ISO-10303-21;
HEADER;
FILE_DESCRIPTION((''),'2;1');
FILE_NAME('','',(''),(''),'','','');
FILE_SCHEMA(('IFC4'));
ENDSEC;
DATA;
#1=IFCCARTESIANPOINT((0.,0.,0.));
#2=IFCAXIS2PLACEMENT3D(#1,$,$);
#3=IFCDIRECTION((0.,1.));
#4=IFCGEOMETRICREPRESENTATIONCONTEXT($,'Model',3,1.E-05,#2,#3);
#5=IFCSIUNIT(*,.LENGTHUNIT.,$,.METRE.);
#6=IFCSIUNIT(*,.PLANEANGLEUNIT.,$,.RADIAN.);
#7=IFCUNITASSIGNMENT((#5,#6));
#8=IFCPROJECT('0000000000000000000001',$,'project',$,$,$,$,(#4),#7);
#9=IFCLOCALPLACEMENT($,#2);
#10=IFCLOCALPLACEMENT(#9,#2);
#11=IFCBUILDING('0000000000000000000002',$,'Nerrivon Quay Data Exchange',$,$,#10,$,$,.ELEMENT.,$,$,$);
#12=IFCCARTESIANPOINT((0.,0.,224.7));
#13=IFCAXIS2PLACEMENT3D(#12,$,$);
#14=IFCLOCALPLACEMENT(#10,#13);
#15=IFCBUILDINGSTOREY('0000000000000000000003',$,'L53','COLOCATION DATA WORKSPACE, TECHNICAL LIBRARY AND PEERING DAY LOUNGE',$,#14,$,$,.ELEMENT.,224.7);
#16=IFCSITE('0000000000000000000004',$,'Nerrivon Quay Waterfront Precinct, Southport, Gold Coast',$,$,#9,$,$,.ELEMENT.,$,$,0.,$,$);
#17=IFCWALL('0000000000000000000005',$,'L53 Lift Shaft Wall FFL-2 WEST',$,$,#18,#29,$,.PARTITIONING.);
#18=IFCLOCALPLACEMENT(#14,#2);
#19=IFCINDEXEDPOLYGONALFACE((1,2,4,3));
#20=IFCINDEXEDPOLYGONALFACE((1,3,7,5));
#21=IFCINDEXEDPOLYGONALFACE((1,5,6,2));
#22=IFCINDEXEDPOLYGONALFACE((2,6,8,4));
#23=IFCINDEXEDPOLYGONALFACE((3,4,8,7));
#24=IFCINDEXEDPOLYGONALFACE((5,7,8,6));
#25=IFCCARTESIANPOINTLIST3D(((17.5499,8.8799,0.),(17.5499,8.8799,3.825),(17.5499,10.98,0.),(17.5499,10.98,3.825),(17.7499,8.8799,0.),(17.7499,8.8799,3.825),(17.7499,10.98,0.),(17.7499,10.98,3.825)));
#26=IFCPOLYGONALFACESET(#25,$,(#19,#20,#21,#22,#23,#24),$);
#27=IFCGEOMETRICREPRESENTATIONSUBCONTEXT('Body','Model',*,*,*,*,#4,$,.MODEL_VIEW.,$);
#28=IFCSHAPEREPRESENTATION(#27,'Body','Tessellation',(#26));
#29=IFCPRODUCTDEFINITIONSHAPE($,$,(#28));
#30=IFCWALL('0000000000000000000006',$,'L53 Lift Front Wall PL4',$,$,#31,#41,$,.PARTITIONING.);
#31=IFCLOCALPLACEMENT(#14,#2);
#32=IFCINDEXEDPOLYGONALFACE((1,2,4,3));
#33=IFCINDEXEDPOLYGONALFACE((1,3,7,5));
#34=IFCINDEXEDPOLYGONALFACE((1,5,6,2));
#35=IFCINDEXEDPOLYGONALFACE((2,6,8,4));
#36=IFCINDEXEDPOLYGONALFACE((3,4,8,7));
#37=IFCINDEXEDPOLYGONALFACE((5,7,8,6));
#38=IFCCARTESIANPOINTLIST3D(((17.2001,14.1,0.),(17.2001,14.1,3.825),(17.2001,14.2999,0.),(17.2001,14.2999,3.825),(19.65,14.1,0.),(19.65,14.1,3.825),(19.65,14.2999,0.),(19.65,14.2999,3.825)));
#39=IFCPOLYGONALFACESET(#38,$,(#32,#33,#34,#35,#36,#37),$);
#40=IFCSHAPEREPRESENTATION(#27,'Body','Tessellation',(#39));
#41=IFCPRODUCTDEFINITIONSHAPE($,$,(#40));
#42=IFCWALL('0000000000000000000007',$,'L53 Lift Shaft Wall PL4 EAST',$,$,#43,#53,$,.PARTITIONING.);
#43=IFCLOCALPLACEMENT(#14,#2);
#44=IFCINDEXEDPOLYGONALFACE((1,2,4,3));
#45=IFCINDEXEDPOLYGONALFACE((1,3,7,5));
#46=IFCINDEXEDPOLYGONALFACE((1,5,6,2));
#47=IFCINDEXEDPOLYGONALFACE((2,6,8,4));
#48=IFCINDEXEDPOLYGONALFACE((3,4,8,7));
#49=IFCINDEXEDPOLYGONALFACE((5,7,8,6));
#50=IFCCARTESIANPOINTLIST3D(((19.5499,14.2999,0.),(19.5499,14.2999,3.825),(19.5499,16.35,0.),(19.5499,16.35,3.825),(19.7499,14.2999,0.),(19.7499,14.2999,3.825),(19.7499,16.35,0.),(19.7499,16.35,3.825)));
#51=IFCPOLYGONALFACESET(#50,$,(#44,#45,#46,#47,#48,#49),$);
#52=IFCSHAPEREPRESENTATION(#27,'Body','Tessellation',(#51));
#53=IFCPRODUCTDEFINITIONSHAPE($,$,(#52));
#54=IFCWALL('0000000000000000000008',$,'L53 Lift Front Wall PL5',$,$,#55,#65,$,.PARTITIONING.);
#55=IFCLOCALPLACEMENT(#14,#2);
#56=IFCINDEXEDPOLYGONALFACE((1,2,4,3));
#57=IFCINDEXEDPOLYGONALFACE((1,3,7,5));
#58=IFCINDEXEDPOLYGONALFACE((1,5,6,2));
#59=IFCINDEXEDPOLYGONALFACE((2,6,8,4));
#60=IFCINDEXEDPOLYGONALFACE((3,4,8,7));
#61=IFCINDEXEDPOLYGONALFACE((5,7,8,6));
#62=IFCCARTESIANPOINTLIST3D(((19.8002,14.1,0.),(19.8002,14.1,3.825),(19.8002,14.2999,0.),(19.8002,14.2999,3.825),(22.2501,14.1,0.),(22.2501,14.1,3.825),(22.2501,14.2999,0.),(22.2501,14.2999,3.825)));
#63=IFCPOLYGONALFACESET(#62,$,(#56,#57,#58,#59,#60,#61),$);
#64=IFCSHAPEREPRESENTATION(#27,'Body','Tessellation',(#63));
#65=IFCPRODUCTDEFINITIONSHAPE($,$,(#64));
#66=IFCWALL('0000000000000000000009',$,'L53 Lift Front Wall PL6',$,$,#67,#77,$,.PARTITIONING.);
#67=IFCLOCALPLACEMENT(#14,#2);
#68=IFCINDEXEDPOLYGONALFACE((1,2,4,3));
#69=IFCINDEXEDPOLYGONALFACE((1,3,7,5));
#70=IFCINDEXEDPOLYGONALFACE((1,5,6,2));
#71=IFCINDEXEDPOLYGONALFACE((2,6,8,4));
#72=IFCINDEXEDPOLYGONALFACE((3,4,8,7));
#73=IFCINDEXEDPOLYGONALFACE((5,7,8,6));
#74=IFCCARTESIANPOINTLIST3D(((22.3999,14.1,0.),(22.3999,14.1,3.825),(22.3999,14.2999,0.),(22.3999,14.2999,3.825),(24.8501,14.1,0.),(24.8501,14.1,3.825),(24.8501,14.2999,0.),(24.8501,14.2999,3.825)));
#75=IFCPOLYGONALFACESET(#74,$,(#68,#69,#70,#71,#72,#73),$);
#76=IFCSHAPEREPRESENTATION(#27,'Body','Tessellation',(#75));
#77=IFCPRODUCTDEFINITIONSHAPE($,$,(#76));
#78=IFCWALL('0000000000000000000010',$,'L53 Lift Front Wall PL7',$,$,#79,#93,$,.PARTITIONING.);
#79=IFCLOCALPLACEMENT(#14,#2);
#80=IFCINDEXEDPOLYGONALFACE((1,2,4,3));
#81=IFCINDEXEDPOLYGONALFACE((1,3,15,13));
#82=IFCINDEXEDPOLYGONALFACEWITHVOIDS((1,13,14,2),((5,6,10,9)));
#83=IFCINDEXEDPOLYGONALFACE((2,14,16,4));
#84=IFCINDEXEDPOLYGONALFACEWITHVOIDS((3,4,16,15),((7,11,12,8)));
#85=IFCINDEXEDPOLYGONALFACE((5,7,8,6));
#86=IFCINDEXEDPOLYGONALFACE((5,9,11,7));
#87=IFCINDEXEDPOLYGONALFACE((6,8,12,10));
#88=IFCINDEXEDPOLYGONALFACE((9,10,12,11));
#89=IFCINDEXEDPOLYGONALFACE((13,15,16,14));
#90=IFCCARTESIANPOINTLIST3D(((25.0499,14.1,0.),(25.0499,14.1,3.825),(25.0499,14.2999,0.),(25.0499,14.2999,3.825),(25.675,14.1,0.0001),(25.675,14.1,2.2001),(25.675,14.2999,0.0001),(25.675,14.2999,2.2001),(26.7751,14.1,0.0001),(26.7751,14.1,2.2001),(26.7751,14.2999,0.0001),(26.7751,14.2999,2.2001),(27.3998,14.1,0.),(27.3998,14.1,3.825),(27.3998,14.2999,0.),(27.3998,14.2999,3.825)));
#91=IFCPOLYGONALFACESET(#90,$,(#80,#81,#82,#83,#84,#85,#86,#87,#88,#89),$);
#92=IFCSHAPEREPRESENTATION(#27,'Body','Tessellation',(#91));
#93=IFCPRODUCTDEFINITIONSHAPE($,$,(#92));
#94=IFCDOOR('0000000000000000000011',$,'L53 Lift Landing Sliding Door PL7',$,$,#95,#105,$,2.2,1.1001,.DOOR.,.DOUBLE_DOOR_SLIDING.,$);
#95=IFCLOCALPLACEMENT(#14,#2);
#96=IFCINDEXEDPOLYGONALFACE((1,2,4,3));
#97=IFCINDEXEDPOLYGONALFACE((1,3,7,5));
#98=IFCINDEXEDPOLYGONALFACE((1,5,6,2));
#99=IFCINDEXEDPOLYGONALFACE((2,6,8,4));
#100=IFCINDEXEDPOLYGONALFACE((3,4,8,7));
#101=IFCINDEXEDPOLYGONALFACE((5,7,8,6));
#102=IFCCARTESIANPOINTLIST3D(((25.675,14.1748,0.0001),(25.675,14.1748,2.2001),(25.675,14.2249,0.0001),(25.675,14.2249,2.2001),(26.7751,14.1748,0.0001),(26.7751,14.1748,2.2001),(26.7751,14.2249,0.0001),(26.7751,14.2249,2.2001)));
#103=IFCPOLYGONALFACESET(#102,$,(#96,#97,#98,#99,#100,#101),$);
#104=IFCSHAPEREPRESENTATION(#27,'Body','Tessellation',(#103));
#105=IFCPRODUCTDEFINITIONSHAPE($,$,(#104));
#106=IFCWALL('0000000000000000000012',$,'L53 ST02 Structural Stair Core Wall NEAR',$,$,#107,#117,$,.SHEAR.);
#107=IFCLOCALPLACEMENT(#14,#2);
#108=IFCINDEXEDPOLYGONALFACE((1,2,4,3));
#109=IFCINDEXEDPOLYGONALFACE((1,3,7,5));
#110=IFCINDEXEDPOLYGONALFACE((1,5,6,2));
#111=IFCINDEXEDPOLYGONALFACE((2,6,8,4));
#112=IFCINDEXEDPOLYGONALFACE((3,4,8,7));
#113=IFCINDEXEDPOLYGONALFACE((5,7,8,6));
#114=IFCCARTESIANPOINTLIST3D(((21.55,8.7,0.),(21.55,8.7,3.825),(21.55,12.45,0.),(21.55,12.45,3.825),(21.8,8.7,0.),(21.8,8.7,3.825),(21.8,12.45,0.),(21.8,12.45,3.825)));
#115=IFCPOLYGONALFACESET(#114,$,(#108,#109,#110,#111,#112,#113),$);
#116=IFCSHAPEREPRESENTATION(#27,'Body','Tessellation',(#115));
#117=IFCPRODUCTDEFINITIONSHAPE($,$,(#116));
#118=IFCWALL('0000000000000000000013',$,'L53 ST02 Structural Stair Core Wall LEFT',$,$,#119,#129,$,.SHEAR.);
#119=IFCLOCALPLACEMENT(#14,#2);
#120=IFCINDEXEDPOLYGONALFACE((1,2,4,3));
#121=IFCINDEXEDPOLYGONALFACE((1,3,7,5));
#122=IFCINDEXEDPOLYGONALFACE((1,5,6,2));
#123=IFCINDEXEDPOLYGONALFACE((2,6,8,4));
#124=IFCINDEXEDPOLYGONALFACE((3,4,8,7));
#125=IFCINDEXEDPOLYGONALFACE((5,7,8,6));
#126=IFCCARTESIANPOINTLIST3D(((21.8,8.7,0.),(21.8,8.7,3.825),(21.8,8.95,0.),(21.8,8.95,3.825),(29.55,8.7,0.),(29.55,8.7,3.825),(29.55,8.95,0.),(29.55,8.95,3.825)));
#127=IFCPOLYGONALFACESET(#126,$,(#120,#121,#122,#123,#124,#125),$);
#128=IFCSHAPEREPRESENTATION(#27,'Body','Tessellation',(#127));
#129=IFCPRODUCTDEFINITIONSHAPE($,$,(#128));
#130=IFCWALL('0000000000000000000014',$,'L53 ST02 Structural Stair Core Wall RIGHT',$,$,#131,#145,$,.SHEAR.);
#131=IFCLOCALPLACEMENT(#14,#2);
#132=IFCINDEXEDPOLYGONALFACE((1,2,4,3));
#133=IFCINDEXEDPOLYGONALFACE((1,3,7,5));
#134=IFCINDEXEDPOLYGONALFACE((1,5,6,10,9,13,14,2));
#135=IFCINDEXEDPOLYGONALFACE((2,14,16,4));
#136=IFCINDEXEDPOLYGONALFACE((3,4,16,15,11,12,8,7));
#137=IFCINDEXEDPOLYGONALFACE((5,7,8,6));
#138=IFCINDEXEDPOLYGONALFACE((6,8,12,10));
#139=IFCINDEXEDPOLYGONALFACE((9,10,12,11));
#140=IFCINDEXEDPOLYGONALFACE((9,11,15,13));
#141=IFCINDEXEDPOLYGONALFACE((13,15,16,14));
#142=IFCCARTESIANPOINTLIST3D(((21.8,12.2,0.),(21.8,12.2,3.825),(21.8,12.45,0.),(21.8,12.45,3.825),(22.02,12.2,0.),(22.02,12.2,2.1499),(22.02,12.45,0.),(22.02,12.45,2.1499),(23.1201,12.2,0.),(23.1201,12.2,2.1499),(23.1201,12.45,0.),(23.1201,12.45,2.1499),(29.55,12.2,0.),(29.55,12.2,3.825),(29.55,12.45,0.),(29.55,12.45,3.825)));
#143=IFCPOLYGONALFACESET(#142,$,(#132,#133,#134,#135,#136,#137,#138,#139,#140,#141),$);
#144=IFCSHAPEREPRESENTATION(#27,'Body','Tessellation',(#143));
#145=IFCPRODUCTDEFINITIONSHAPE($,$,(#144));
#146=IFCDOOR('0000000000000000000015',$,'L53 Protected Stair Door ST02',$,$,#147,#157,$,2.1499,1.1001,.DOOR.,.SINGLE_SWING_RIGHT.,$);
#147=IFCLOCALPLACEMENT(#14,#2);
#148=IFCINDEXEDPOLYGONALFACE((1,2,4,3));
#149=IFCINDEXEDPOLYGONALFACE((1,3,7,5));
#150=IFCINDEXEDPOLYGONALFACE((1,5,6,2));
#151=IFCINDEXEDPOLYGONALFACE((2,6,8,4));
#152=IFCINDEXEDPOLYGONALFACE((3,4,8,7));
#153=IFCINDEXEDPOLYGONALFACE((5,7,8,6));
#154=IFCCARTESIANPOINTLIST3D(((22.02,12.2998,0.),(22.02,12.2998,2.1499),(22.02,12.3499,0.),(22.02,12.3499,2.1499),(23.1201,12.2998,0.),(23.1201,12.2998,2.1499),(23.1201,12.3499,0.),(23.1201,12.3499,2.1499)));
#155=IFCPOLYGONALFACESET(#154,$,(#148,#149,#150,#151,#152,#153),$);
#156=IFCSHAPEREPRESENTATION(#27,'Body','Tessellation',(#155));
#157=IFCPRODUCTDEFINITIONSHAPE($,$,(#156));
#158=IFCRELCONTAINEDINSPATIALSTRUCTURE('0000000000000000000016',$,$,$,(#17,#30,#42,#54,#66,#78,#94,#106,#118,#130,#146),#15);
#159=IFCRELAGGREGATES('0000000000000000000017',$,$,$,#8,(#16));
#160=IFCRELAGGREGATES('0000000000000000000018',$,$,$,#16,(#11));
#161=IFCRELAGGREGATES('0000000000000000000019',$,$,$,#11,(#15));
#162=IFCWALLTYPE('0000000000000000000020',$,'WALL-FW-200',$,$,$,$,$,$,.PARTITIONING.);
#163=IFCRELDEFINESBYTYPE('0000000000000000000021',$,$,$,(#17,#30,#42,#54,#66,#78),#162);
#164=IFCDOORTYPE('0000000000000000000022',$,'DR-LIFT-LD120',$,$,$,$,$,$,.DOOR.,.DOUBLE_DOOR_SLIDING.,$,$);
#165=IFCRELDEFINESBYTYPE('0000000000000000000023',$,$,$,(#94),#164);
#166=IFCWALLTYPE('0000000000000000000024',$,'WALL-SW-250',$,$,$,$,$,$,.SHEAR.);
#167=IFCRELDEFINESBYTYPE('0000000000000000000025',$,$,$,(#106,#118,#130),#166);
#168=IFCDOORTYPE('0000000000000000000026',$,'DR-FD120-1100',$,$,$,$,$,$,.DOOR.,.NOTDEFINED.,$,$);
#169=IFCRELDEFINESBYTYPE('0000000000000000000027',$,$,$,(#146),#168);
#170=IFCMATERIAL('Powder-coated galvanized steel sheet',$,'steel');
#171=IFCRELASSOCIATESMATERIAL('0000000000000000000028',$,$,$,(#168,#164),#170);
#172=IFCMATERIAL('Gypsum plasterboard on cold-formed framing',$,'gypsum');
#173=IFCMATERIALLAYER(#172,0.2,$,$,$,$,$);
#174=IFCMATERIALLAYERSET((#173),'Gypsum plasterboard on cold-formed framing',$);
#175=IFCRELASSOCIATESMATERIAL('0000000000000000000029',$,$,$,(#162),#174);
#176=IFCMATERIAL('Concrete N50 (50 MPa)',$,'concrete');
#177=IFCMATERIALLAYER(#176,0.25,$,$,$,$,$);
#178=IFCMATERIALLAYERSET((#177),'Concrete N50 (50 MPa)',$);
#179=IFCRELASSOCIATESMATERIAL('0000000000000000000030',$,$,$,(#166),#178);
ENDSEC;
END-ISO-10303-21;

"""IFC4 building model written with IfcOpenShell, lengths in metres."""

from ifc_helpers import new_model, si_unit, direction, frame, frame_2d, origin, place, context, subcontext, project, spatial, rectangle, extrude, material, layer, layer_set, type_object, element, fill, save


model = new_model("IFC4")

# Units and contexts
model_context = context("Model", 3, precision=1e-05, world=origin(), true_north=direction((0.0, 1.0)))
body_context = subcontext(model_context, "Body", "Model", "MODEL_VIEW")
ifc_project = project(units=[si_unit("LENGTHUNIT", "METRE"), si_unit("PLANEANGLEUNIT", "RADIAN")], contexts=[model_context])

# Site, building, storey
site_placement = place(None, origin())
site = spatial("IfcSite", under=ifc_project, at=site_placement, Name="Nerrivon Quay Waterfront Precinct, Southport, Gold Coast", CompositionType="ELEMENT", RefElevation=0.0)
building_placement = place(site_placement, origin())
building = spatial("IfcBuilding", under=site, at=building_placement, Name="Nerrivon Quay Data Exchange", CompositionType="ELEMENT")
storey_placement = place(building_placement, frame((0.0, 0.0, 224.7)))
storey = spatial("IfcBuildingStorey", under=building, at=storey_placement, Name="L53", Description="COLOCATION DATA WORKSPACE, TECHNICAL LIBRARY AND PEERING DAY LOUNGE", CompositionType="ELEMENT", Elevation=224.7)

# Shared definitions
ifc_material_1 = material(Name="Concrete N50 (50 MPa)", Category="concrete")

# Shared definitions
ifc_material_2 = material(Name="Powder-coated galvanized steel sheet", Category="steel")
door_type_1 = type_object("IfcDoorType", Name="DR-FD120-1100", OperationType="NOTDEFINED", PredefinedType="DOOR", material=ifc_material_2)

# Shared definitions
ifc_material_3 = material(Name="Gypsum plasterboard on cold-formed framing", Category="gypsum")
ifc_layer_1 = layer(ifc_material_3, 0.2)
ifc_layer_set_1 = layer_set([ifc_layer_1], Name="Gypsum plasterboard on cold-formed framing")
wall_type_1 = type_object("IfcWallType", Name="WALL-FW-200", PredefinedType="PARTITIONING", material=ifc_layer_set_1)

# Shared definitions
door_type_2 = type_object("IfcDoorType", Name="DR-LIFT-LD120", OperationType="DOUBLE_DOOR_SLIDING", PredefinedType="DOOR", material=ifc_material_2)

# Walls
for number, where, z_axis, x_axis, name in (
    (1, (17.6499, 8.8799, 0.0), (0.0, 0.0, 1.0), (0.0, 1.0, 0.0), "L53 Lift Shaft Wall FFL-2 WEST"),
):
    element("IfcWall", number, at=place(storey_placement, frame(where, z_axis=z_axis, x_axis=x_axis)), inside=storey, type_object=wall_type_1, Name=name, PredefinedType="PARTITIONING", context=body_context, shape_type="SweptSolid", body=[
        extrude(rectangle(XDim=2.1001, YDim=0.2, at=frame_2d((1.05, 0.0))), origin(), (0.0, 0.0, 1.0), 3.825),
    ])
wall_1_placement = place(storey_placement, frame((17.2, 14.2, 0.0), z_axis=(0.0, 0.0, 1.0), x_axis=(1.0, 0.0, 0.0)))
element("IfcWall", 2, at=wall_1_placement, inside=storey, type_object=wall_type_1, Name="L53 Lift Front Wall PL4", PredefinedType="PARTITIONING", context=body_context, shape_type="SweptSolid", body=[
    extrude(rectangle(XDim=2.45, YDim=0.2, at=frame_2d((1.2251, 0.0))), origin(), (0.0, 0.0, 1.0), 3.825),
])
wall_2_placement = place(storey_placement, frame((19.6499, 14.3, 0.0), z_axis=(0.0, 0.0, 1.0), x_axis=(0.0, 1.0, 0.0)))
element("IfcWall", 3, at=wall_2_placement, inside=storey, type_object=wall_type_1, Name="L53 Lift Shaft Wall PL4 EAST", PredefinedType="PARTITIONING", context=body_context, shape_type="SweptSolid", body=[
    extrude(rectangle(XDim=2.05, YDim=0.2, at=frame_2d((1.0249, 0.0))), origin(), (0.0, 0.0, 1.0), 3.825),
])
wall_3_placement = place(storey_placement, frame((19.8, 14.2, 0.0), z_axis=(0.0, 0.0, 1.0), x_axis=(1.0, 0.0, 0.0)))
element("IfcWall", 4, at=wall_3_placement, inside=storey, type_object=wall_type_1, Name="L53 Lift Front Wall PL5", PredefinedType="PARTITIONING", context=body_context, shape_type="SweptSolid", body=[
    extrude(rectangle(XDim=2.45, YDim=0.2, at=frame_2d((1.2251, 0.0))), origin(), (0.0, 0.0, 1.0), 3.825),
])
wall_4_placement = place(storey_placement, frame((22.3999, 14.2, 0.0), z_axis=(0.0, 0.0, 1.0), x_axis=(1.0, 0.0, 0.0)))
element("IfcWall", 5, at=wall_4_placement, inside=storey, type_object=wall_type_1, Name="L53 Lift Front Wall PL6", PredefinedType="PARTITIONING", context=body_context, shape_type="SweptSolid", body=[
    extrude(rectangle(XDim=2.4502, YDim=0.2, at=frame_2d((1.2251, 0.0))), origin(), (0.0, 0.0, 1.0), 3.825),
])

# Wall, opening, door
wall_5_placement = place(storey_placement, frame((25.05, 14.2, 0.0), z_axis=(0.0, 0.0, 1.0), x_axis=(1.0, 0.0, 0.0)))
wall_5 = element("IfcWall", 6, at=wall_5_placement, inside=storey, type_object=wall_type_1, Name="L53 Lift Front Wall PL7", PredefinedType="PARTITIONING", context=body_context, shape_type="SweptSolid", body=[
    extrude(rectangle(XDim=2.3499, YDim=0.2, at=frame_2d((1.1748, 0.0))), origin(), (0.0, 0.0, 1.0), 3.825),
])
opening_1_placement = place(wall_5_placement, frame((0.625, 0.0, 0.0)))
opening_1 = element("IfcOpeningElement", 7, at=opening_1_placement, cuts=wall_5, PredefinedType="OPENING", context=body_context, shape_type="SweptSolid", body=[
    extrude(rectangle(XDim=1.1001, YDim=2.2, at=frame_2d((0.55, 1.1001))), frame((0.0, 0.1099, 0.0), z_axis=(0.0, -1.0, 0.0), x_axis=(1.0, 0.0, 0.0)), (0.0, 0.0, 1.0), 0.22),
])
door_1_placement = place(opening_1_placement, origin())
door_1 = element("IfcDoor", 8, at=door_1_placement, inside=storey, type_object=door_type_2, Name="L53 Lift Landing Sliding Door PL7", OperationType="DOUBLE_DOOR_SLIDING", OverallHeight=2.2, OverallWidth=1.1001, PredefinedType="DOOR", context=body_context, shape_type="SweptSolid", body=[
    extrude(rectangle(XDim=1.1001, YDim=2.2, at=frame_2d((0.55, 1.1001))), frame((0.0, 0.0249, 0.0), z_axis=(0.0, -1.0, 0.0), x_axis=(1.0, 0.0, 0.0)), (0.0, 0.0, 1.0), 0.05),
])
fill(opening_1, door_1)

# Walls
ifc_layer_2 = layer(ifc_material_1, 0.25)
ifc_layer_set_2 = layer_set([ifc_layer_2], Name="Concrete N50 (50 MPa)")
wall_type_2 = type_object("IfcWallType", Name="WALL-SW-250", PredefinedType="SHEAR", material=ifc_layer_set_2)
wall_6_placement = place(storey_placement, frame((21.675, 8.7, 0.0), z_axis=(0.0, 0.0, 1.0), x_axis=(0.0, 1.0, 0.0)))
element("IfcWall", 9, at=wall_6_placement, inside=storey, type_object=wall_type_2, Name="L53 ST02 Structural Stair Core Wall NEAR", PredefinedType="SHEAR", context=body_context, shape_type="SweptSolid", body=[
    extrude(rectangle(XDim=3.75, YDim=0.25, at=frame_2d((1.875, 0.0))), origin(), (0.0, 0.0, 1.0), 3.825),
])
wall_7_placement = place(storey_placement, frame((21.8, 8.825, 0.0), z_axis=(0.0, 0.0, 1.0), x_axis=(1.0, 0.0, 0.0)))
element("IfcWall", 10, at=wall_7_placement, inside=storey, type_object=wall_type_2, Name="L53 ST02 Structural Stair Core Wall LEFT", PredefinedType="SHEAR", context=body_context, shape_type="SweptSolid", body=[
    extrude(rectangle(XDim=7.75, YDim=0.25, at=frame_2d((3.875, 0.0))), origin(), (0.0, 0.0, 1.0), 3.825),
])

# Wall, opening, door
wall_8_placement = place(storey_placement, frame((21.8, 12.325, 0.0), z_axis=(0.0, 0.0, 1.0), x_axis=(1.0, 0.0, 0.0)))
wall_8 = element("IfcWall", 11, at=wall_8_placement, inside=storey, type_object=wall_type_2, Name="L53 ST02 Structural Stair Core Wall RIGHT", PredefinedType="SHEAR", context=body_context, shape_type="SweptSolid", body=[
    extrude(rectangle(XDim=7.75, YDim=0.25, at=frame_2d((3.875, 0.0))), origin(), (0.0, 0.0, 1.0), 3.825),
])
opening_2_placement = place(wall_8_placement, frame((0.22, 0.0, 0.0)))
opening_2 = element("IfcOpeningElement", 12, at=opening_2_placement, cuts=wall_8, PredefinedType="OPENING", context=body_context, shape_type="SweptSolid", body=[
    extrude(rectangle(XDim=1.1001, YDim=2.1499, at=frame_2d((0.55, 1.075))), frame((0.0, 0.135, 0.0), z_axis=(0.0, -1.0, 0.0), x_axis=(1.0, 0.0, 0.0)), (0.0, 0.0, 1.0), 0.27),
])
door_2_placement = place(opening_2_placement, origin())
door_2 = element("IfcDoor", 13, at=door_2_placement, inside=storey, type_object=door_type_1, Name="L53 Protected Stair Door ST02", OperationType="SINGLE_SWING_RIGHT", OverallHeight=2.1499, OverallWidth=1.1001, PredefinedType="DOOR", context=body_context, shape_type="SweptSolid", body=[
    extrude(rectangle(XDim=1.1001, YDim=2.1499, at=frame_2d((0.55, 1.075))), frame((0.0, 0.0249, 0.0), z_axis=(0.0, -1.0, 0.0), x_axis=(1.0, 0.0, 0.0)), (0.0, 0.0, 1.0), 0.05),
])
fill(opening_2, door_2)

save(model, "model.ifc")
